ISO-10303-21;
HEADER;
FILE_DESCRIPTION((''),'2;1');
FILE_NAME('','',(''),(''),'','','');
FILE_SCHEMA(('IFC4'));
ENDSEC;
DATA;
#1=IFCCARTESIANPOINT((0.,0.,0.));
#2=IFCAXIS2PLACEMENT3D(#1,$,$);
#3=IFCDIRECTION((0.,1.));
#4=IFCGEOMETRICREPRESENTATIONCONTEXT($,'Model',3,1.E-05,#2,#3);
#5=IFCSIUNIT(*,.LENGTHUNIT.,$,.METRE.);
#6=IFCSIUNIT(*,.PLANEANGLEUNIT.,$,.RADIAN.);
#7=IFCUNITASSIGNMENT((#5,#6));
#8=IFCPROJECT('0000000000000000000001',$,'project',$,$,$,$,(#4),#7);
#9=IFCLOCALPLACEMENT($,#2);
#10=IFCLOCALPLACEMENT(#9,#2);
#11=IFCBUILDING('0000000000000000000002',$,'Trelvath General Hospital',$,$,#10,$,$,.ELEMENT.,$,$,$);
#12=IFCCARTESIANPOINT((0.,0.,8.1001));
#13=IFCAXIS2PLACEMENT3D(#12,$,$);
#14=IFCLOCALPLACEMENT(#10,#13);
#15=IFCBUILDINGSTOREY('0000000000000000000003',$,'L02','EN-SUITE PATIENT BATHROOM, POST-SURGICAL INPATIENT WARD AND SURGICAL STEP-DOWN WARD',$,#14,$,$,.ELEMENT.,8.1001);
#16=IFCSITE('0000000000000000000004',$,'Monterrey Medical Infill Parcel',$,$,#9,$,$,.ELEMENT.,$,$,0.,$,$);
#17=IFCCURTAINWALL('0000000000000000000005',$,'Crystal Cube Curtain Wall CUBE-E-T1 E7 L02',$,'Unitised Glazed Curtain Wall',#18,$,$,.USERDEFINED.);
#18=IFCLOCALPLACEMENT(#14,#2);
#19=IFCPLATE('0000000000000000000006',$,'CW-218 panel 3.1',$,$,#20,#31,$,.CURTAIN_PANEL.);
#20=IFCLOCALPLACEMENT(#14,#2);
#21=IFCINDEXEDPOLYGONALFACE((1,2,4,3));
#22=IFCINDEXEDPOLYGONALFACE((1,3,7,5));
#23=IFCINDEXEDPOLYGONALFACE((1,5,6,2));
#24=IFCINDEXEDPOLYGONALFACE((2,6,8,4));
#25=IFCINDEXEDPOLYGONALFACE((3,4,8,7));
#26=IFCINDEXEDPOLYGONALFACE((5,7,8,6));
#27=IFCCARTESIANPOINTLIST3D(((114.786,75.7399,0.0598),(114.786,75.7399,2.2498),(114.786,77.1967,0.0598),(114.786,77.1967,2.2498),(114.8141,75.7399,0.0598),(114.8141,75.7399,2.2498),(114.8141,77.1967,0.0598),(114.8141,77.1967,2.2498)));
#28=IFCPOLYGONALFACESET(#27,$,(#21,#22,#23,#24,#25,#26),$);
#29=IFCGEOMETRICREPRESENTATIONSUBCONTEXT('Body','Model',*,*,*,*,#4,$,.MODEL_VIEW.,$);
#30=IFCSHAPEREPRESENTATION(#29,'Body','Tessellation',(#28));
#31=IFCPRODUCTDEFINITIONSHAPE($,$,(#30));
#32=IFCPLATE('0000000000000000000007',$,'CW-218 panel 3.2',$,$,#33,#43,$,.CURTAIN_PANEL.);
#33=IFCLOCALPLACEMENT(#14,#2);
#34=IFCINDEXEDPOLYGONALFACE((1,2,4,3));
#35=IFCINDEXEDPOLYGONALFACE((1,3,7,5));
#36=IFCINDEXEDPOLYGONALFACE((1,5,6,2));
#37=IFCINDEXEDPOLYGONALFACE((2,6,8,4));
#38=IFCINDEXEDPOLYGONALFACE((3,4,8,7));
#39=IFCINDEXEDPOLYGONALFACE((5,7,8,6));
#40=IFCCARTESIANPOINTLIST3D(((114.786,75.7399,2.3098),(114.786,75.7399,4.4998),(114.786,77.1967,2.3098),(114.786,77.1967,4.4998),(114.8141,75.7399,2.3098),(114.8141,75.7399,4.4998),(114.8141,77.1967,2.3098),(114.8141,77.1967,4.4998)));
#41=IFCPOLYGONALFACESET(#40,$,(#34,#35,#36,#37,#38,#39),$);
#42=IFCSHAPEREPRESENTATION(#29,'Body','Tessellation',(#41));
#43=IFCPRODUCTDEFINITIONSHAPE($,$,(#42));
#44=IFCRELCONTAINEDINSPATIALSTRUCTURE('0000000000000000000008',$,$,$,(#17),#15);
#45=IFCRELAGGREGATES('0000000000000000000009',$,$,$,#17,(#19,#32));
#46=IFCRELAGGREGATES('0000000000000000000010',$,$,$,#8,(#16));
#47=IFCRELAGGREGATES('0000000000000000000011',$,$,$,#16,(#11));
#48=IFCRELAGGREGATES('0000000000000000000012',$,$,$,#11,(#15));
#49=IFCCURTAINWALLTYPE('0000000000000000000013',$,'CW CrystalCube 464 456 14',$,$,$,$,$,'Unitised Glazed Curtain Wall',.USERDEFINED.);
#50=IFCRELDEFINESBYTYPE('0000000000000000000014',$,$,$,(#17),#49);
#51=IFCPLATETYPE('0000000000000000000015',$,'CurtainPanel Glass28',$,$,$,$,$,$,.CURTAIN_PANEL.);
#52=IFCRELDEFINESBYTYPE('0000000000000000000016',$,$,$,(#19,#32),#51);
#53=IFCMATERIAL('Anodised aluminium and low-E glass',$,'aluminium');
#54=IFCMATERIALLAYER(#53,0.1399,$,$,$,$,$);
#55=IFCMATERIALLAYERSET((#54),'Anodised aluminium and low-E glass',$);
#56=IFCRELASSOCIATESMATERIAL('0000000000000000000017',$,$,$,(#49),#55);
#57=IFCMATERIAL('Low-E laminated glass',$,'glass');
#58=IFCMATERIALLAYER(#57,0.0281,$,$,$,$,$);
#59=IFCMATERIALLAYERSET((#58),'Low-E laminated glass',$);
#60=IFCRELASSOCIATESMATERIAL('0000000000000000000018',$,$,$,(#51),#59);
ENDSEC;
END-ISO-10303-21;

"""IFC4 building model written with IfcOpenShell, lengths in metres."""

from ifc_helpers import new_model, si_unit, direction, frame, origin, origin_2d, place, context, subcontext, project, spatial, rectangle, extrude, material, layer, layer_set, type_object, element, aggregate, save


model = new_model("IFC4")

# Units and contexts
model_context = context("Model", 3, precision=1e-05, world=origin(), true_north=direction((0.0, 1.0)))
body_context = subcontext(model_context, "Body", "Model", "MODEL_VIEW")
ifc_project = project(units=[si_unit("LENGTHUNIT", "METRE"), si_unit("PLANEANGLEUNIT", "RADIAN")], contexts=[model_context])

# Site, building, storey
site_placement = place(None, origin())
site = spatial("IfcSite", under=ifc_project, at=site_placement, Name="Monterrey Medical Infill Parcel", CompositionType="ELEMENT", RefElevation=0.0)
building_placement = place(site_placement, origin())
building = spatial("IfcBuilding", under=site, at=building_placement, Name="Trelvath General Hospital", CompositionType="ELEMENT")
storey_placement = place(building_placement, frame((0.0, 0.0, 8.1001)))
storey = spatial("IfcBuildingStorey", under=building, at=storey_placement, Name="L02", Description="EN-SUITE PATIENT BATHROOM, POST-SURGICAL INPATIENT WARD AND SURGICAL STEP-DOWN WARD", CompositionType="ELEMENT", Elevation=8.1001)

# Curtain wall
ifc_material_1 = material(Name="Anodised aluminium and low-E glass", Category="aluminium")
ifc_layer_1 = layer(ifc_material_1, 0.1399)
ifc_layer_set_1 = layer_set([ifc_layer_1], Name="Anodised aluminium and low-E glass")
curtain_wall_type_1 = type_object("IfcCurtainWallType", Name="CW CrystalCube 464 456 14", ElementType="Unitised Glazed Curtain Wall", PredefinedType="USERDEFINED", material=ifc_layer_set_1)
curtain_wall_1_placement = place(storey_placement, origin())
curtain_wall_1 = element("IfcCurtainWall", 1, at=curtain_wall_1_placement, inside=storey, type_object=curtain_wall_type_1, Name="Crystal Cube Curtain Wall CUBE-E-T1 E7 L02", ObjectType="Unitised Glazed Curtain Wall", PredefinedType="USERDEFINED")

# Plates
ifc_material_2 = material(Name="Low-E laminated glass", Category="glass")
ifc_layer_2 = layer(ifc_material_2, 0.0281)
ifc_layer_set_2 = layer_set([ifc_layer_2], Name="Low-E laminated glass")
plate_type = type_object("IfcPlateType", Name="CurtainPanel Glass28", PredefinedType="CURTAIN_PANEL", material=ifc_layer_set_2)
plate_1_placement = place(storey_placement, frame((114.8, 76.4683, 0.0598), z_axis=(0.0, 0.0, 1.0), x_axis=(0.0, -1.0, 0.0)))
plate_1 = element("IfcPlate", 2, at=plate_1_placement, type_object=plate_type, Name="CW-218 panel 3.1", PredefinedType="CURTAIN_PANEL", context=body_context, shape_type="SweptSolid", body=[
    extrude(rectangle(XDim=1.4568, YDim=0.0281, at=origin_2d()), origin(), (0.0, 0.0, 1.0), 2.1899),
])
plate_2_placement = place(storey_placement, frame((114.8, 76.4683, 2.3098), z_axis=(0.0, 0.0, 1.0), x_axis=(0.0, -1.0, 0.0)))
plate_2 = element("IfcPlate", 3, at=plate_2_placement, type_object=plate_type, Name="CW-218 panel 3.2", PredefinedType="CURTAIN_PANEL", context=body_context, shape_type="SweptSolid", body=[
    extrude(rectangle(XDim=1.4568, YDim=0.0281, at=origin_2d()), origin(), (0.0, 0.0, 1.0), 2.1899),
])
aggregate(curtain_wall_1, [plate_1, plate_2])

save(model, "model.ifc")
